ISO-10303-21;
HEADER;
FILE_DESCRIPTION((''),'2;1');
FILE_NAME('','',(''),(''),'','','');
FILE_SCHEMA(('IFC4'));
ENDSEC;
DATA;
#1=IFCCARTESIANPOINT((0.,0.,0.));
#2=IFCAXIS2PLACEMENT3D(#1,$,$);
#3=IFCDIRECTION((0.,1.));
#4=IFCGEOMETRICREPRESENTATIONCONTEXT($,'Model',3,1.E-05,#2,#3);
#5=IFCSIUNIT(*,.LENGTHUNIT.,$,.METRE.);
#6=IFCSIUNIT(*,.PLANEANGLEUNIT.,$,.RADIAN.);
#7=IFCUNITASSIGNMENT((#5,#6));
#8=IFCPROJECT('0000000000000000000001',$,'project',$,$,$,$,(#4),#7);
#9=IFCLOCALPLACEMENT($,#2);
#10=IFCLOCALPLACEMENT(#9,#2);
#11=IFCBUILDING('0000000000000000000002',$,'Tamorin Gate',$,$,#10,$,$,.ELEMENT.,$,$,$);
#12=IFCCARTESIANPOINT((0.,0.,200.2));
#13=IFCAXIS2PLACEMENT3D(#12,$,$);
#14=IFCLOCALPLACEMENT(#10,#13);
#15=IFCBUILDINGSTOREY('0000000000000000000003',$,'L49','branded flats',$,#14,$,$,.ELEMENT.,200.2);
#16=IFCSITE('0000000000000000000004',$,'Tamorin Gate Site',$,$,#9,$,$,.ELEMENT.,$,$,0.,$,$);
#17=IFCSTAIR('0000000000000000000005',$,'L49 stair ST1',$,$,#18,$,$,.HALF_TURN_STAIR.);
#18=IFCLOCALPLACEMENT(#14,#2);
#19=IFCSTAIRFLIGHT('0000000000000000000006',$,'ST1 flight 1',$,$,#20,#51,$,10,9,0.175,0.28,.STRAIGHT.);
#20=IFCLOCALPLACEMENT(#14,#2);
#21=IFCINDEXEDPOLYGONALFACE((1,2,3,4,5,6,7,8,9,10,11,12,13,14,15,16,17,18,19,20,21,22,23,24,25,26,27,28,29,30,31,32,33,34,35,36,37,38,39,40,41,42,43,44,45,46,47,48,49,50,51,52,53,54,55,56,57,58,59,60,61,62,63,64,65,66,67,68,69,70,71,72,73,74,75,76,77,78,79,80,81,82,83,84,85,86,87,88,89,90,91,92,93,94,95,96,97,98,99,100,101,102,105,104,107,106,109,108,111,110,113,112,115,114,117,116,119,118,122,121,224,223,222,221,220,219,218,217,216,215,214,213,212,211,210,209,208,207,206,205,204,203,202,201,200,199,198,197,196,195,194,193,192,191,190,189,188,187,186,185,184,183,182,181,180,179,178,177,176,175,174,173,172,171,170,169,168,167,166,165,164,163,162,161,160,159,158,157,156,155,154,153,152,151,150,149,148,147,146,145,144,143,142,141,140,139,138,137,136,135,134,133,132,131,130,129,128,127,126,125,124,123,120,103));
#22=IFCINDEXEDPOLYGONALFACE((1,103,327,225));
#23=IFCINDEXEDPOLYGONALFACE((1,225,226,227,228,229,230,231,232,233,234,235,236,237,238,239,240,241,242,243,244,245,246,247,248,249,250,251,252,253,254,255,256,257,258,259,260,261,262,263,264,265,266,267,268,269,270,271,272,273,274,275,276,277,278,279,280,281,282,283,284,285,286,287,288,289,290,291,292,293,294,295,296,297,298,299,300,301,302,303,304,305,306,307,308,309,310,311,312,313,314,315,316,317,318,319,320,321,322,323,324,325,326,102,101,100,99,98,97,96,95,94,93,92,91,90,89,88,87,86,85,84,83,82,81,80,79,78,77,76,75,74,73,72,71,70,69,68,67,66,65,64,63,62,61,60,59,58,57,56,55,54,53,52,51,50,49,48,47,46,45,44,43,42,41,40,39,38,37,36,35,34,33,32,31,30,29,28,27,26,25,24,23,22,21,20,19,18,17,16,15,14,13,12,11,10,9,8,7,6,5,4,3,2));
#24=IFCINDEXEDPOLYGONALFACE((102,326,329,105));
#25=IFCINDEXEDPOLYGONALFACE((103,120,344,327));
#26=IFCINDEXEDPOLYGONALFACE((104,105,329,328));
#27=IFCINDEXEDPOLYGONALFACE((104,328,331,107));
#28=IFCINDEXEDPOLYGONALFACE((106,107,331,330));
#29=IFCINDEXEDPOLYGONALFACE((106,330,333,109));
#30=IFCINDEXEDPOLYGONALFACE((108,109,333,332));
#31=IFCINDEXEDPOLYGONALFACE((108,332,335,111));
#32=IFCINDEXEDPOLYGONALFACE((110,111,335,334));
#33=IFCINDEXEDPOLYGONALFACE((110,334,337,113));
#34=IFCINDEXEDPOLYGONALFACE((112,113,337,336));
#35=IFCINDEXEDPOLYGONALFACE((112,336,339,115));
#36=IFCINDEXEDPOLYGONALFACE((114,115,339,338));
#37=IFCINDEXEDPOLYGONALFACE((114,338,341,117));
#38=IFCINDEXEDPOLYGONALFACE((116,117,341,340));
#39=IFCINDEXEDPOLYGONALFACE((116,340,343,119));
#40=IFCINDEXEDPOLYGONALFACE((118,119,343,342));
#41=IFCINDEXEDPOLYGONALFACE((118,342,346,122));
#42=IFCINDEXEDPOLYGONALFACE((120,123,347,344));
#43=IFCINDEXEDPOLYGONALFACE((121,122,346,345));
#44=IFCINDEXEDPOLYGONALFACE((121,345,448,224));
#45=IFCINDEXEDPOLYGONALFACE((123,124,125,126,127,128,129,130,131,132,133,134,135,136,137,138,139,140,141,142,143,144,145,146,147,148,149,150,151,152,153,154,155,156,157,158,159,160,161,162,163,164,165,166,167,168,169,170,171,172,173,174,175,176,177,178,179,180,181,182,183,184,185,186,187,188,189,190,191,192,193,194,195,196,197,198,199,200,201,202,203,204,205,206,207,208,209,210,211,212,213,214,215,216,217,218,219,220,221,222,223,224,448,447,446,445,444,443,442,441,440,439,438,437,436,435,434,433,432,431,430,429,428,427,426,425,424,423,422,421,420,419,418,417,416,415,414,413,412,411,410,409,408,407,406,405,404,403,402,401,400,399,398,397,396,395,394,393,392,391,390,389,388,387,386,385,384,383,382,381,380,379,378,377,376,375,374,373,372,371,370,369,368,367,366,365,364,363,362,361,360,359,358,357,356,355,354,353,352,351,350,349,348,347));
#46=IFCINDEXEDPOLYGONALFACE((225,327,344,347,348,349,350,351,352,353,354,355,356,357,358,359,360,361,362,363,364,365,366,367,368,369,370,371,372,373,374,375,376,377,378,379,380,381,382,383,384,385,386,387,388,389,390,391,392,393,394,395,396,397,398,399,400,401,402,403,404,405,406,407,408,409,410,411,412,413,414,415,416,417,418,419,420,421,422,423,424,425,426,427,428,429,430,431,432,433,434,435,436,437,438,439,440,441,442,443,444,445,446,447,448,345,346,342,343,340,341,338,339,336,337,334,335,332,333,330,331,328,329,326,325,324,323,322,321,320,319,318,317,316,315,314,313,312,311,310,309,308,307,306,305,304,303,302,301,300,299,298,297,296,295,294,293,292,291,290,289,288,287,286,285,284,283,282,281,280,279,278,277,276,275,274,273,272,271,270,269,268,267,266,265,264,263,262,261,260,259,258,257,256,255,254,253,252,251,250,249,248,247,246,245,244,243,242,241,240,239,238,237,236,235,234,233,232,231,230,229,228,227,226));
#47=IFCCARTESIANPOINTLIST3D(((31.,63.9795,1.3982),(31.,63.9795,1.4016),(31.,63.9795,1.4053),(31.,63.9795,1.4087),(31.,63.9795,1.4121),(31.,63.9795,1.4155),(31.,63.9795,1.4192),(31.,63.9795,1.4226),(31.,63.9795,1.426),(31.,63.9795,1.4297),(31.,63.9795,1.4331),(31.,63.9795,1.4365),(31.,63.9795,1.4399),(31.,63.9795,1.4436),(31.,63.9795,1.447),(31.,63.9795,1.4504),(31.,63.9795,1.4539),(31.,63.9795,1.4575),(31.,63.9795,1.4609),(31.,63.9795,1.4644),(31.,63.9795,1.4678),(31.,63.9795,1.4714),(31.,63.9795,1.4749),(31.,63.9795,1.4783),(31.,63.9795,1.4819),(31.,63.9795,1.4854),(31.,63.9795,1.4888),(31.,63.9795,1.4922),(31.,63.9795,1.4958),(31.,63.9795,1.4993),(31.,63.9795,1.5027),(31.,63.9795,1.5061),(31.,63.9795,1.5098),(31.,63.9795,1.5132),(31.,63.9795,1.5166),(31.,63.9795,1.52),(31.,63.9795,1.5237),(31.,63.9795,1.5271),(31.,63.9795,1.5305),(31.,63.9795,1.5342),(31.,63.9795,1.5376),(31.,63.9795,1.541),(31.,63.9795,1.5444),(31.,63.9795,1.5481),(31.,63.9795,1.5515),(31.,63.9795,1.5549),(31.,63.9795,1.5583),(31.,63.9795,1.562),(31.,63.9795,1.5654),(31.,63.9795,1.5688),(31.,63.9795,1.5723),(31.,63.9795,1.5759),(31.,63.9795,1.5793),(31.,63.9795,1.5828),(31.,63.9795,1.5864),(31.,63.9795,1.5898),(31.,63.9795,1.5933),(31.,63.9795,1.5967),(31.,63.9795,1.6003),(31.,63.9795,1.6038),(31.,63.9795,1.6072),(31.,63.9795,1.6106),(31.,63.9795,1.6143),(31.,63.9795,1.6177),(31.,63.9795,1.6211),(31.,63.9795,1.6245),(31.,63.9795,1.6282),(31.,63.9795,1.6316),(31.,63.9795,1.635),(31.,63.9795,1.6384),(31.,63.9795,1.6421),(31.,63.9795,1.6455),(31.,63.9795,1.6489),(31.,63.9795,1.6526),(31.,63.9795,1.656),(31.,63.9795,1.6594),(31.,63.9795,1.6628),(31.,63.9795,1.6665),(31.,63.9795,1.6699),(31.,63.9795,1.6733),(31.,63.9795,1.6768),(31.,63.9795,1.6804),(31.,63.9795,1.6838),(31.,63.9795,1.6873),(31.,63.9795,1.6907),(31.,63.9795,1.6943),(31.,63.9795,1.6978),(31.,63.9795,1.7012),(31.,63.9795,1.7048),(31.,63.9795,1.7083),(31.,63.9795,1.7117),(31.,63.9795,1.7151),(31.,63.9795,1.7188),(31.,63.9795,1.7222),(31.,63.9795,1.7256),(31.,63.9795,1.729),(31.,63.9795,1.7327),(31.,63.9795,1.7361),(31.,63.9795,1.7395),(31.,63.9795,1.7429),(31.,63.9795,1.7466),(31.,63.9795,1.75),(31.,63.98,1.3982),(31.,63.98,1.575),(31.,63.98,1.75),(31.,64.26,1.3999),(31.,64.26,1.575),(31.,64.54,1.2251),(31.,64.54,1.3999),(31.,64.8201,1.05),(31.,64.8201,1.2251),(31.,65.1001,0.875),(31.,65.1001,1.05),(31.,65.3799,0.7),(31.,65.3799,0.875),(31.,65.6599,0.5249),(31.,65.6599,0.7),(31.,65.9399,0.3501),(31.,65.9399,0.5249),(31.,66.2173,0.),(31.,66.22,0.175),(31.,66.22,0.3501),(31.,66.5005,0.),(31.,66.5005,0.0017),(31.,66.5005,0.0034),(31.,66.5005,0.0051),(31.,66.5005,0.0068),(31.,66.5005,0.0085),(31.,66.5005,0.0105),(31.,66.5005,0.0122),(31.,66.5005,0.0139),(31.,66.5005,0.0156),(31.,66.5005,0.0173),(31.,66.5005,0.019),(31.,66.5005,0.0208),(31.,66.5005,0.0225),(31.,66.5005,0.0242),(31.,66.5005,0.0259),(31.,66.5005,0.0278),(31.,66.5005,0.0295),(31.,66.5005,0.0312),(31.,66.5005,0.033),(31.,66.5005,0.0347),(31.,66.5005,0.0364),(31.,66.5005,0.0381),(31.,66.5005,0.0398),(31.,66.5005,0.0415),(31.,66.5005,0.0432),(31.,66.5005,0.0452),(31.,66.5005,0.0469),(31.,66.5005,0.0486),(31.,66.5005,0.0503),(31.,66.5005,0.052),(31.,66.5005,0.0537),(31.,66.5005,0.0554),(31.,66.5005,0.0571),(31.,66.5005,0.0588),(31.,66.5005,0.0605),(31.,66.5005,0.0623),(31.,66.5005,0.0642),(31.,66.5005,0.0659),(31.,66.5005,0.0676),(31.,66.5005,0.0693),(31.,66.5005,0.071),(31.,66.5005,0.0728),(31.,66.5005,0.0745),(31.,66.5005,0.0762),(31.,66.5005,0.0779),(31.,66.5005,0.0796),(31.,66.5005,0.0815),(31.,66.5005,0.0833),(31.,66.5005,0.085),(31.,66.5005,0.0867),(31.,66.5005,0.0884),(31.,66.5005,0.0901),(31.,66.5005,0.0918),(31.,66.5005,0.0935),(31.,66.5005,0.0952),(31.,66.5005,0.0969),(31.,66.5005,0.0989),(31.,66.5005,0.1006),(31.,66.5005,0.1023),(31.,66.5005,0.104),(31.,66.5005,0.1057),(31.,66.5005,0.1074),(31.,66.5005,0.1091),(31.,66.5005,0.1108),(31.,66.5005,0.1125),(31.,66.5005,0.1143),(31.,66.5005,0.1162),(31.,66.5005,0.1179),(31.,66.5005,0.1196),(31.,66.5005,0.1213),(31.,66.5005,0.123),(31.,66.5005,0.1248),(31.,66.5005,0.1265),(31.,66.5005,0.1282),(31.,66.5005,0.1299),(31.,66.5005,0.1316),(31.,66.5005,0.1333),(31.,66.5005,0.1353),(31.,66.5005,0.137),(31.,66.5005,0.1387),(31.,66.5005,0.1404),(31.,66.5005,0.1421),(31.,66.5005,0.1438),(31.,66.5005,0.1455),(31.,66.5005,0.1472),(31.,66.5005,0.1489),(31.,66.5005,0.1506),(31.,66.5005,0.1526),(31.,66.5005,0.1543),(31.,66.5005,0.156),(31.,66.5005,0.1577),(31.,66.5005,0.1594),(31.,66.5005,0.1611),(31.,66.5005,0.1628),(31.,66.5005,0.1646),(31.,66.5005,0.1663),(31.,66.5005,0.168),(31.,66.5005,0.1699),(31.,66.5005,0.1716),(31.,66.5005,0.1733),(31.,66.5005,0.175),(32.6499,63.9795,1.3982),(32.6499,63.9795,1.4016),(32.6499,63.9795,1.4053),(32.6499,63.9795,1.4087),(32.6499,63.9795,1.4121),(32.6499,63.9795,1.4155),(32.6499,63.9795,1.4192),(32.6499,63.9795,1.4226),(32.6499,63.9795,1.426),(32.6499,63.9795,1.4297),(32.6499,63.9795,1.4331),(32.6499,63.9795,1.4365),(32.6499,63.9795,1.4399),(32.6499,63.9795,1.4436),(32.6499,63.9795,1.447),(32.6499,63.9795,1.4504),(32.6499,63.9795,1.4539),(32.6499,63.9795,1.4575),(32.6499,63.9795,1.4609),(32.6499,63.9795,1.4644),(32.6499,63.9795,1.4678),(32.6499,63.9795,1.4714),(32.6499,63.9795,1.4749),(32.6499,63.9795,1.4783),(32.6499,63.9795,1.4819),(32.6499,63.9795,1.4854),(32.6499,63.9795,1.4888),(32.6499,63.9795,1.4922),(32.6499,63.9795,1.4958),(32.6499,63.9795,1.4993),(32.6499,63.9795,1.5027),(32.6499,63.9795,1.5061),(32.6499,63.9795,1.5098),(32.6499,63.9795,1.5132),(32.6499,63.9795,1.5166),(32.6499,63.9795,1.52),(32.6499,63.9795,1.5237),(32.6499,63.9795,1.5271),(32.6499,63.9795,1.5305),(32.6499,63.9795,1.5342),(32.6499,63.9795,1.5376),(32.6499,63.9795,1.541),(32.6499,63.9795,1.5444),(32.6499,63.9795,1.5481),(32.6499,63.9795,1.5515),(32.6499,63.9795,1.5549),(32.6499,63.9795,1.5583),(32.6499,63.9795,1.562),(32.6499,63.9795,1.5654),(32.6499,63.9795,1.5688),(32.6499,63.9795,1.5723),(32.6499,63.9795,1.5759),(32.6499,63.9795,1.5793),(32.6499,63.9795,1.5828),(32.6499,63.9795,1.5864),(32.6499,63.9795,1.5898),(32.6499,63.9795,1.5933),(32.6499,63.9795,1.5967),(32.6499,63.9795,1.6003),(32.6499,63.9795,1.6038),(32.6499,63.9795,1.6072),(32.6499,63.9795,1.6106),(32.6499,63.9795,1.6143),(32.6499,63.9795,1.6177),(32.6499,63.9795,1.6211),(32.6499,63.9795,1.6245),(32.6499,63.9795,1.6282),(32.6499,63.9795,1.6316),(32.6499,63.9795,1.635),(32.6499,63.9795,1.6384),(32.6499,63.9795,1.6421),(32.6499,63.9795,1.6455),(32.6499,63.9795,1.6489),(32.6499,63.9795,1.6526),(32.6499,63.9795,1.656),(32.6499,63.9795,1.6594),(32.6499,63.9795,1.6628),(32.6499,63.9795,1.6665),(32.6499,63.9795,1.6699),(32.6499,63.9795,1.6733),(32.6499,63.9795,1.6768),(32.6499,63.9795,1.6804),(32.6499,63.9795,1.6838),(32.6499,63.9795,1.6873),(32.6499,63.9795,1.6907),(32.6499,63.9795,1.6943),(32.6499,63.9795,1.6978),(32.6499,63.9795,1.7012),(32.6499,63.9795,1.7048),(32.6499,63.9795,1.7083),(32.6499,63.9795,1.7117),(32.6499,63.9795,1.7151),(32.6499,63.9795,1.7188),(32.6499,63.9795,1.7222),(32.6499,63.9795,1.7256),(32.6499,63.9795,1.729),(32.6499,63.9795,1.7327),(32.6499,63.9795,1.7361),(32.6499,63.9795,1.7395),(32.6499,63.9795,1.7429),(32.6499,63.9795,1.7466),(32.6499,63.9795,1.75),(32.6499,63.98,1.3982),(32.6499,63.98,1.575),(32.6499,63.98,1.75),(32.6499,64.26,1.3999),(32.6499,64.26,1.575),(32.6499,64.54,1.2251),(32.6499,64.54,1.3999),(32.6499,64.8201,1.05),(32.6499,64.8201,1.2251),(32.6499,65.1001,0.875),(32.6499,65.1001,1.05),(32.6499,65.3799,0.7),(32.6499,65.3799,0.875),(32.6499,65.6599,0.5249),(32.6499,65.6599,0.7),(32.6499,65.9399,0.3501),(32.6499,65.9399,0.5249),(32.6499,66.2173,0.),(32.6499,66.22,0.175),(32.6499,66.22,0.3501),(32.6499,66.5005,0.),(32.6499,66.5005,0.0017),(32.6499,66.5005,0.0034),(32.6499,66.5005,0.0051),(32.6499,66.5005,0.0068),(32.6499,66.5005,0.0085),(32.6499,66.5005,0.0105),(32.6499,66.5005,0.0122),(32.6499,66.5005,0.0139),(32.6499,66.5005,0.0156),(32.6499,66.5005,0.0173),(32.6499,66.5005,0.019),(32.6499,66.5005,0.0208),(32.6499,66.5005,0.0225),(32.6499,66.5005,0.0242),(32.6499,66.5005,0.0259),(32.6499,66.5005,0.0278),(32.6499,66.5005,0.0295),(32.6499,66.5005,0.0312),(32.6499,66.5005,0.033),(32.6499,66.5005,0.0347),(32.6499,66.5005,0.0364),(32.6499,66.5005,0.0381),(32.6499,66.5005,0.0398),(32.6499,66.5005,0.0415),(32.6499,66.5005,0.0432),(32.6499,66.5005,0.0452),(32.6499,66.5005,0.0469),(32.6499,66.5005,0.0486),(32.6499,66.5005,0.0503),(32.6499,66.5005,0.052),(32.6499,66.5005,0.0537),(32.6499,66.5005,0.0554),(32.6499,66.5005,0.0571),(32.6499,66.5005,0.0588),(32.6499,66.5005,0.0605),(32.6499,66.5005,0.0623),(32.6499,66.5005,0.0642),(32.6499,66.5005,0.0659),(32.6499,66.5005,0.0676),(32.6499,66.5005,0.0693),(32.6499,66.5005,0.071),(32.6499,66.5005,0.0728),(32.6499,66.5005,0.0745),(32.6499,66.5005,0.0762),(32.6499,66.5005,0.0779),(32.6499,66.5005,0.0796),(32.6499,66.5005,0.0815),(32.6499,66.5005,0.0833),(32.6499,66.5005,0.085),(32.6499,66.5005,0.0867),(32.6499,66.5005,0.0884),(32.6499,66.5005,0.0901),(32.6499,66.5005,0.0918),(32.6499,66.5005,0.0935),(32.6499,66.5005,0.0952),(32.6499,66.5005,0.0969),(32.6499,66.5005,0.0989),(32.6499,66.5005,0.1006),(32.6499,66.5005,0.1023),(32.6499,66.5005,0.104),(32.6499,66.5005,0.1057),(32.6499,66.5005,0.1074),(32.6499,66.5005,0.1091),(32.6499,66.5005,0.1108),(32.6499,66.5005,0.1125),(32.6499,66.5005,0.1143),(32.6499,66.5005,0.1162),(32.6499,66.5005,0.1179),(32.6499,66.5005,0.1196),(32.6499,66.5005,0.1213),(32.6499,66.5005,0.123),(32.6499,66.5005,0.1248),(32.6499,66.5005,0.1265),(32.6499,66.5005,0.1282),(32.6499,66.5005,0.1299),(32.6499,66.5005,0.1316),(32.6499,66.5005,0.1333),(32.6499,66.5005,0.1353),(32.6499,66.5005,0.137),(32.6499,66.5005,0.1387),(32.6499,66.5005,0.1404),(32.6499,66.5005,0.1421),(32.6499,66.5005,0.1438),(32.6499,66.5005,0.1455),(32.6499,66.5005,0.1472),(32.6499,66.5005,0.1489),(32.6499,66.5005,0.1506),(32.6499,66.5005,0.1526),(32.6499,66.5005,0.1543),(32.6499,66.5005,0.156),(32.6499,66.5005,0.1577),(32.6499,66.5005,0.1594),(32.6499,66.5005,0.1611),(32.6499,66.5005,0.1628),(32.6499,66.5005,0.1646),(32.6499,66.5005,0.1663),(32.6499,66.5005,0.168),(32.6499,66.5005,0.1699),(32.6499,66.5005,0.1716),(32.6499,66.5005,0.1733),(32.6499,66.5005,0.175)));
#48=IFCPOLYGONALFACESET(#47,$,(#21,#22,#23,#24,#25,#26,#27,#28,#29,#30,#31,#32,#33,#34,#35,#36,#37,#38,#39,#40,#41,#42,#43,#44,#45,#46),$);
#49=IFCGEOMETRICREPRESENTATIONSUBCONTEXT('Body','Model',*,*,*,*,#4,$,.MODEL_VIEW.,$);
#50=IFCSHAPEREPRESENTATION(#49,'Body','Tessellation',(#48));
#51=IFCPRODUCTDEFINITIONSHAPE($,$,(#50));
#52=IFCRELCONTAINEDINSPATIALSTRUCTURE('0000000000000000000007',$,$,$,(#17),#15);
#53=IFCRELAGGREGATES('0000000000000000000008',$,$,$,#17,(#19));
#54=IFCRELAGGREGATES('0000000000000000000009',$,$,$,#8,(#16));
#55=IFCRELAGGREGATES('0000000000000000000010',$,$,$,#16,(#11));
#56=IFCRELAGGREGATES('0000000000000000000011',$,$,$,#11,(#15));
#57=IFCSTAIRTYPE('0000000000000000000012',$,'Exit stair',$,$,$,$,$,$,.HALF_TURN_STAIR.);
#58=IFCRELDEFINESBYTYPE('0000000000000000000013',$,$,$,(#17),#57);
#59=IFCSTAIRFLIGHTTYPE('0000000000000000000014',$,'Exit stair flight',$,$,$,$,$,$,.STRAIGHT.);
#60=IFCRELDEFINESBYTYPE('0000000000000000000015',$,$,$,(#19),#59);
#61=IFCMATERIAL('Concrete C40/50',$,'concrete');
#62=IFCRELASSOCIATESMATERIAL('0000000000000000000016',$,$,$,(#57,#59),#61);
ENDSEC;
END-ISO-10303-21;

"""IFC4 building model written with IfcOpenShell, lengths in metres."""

from ifc_helpers import new_model, si_unit, direction, frame, origin, place, context, subcontext, project, spatial, polyline, outline, extrude, material, type_object, element, aggregate, save


model = new_model("IFC4")

# Units and contexts
model_context = context("Model", 3, precision=1e-05, world=origin(), true_north=direction((0.0, 1.0)))
body_context = subcontext(model_context, "Body", "Model", "MODEL_VIEW")
ifc_project = project(units=[si_unit("LENGTHUNIT", "METRE"), si_unit("PLANEANGLEUNIT", "RADIAN")], contexts=[model_context])

# Site, building, storey
site_placement = place(None, origin())
site = spatial("IfcSite", under=ifc_project, at=site_placement, Name="Tamorin Gate Site", CompositionType="ELEMENT", RefElevation=0.0)
building_placement = place(site_placement, origin())
building = spatial("IfcBuilding", under=site, at=building_placement, Name="Tamorin Gate", CompositionType="ELEMENT")
storey_placement = place(building_placement, frame((0.0, 0.0, 200.2)))
storey = spatial("IfcBuildingStorey", under=building, at=storey_placement, Name="L49", Description="branded flats", CompositionType="ELEMENT", Elevation=200.2)

# Shared definitions
ifc_material_1 = material(Name="Concrete C40/50", Category="concrete")

# Stair, stair flight
stair_type = type_object("IfcStairType", Name="Exit stair", PredefinedType="HALF_TURN_STAIR", material=ifc_material_1)
stair_1_placement = place(storey_placement, origin())
stair_1 = element("IfcStair", 1, at=stair_1_placement, inside=storey, type_object=stair_type, Name="L49 stair ST1", PredefinedType="HALF_TURN_STAIR")
stair_flight_type = type_object("IfcStairFlightType", Name="Exit stair flight", PredefinedType="STRAIGHT", material=ifc_material_1)
stair_flight_1_placement = place(storey_placement, frame((31.825, 66.5, 0.0), z_axis=(0.0, 0.0, 1.0), x_axis=(0.0, -1.0, 0.0)))
stair_flight_1 = element("IfcStairFlight", 2, at=stair_flight_1_placement, type_object=stair_flight_type, Name="ST1 flight 1", NumberOfRisers=10, NumberOfTreads=9, PredefinedType="STRAIGHT", RiserHeight=0.175, TreadLength=0.28, context=body_context, shape_type="SweptSolid", body=[
    extrude(outline(polyline([(-0.0005, 0.0), (-0.0005, 0.0017), (-0.0005, 0.0034), (-0.0005, 0.0051), (-0.0005, 0.0068), (-0.0005, 0.0085), (-0.0005, 0.0105), (-0.0005, 0.0122), (-0.0005, 0.0139), (-0.0005, 0.0156), (-0.0005, 0.0173), (-0.0005, 0.019), (-0.0005, 0.0208), (-0.0005, 0.0225), (-0.0005, 0.0242), (-0.0005, 0.0259), (-0.0005, 0.0278), (-0.0005, 0.0295), (-0.0005, 0.0312), (-0.0005, 0.033), (-0.0005, 0.0347), (-0.0005, 0.0364), (-0.0005, 0.0381), (-0.0005, 0.0398), (-0.0005, 0.0415), (-0.0005, 0.0432), (-0.0005, 0.0452), (-0.0005, 0.0469), (-0.0005, 0.0486), (-0.0005, 0.0503), (-0.0005, 0.052), (-0.0005, 0.0537), (-0.0005, 0.0554), (-0.0005, 0.0571), (-0.0005, 0.0588), (-0.0005, 0.0605), (-0.0005, 0.0623), (-0.0005, 0.0642), (-0.0005, 0.0659), (-0.0005, 0.0676), (-0.0005, 0.0693), (-0.0005, 0.071), (-0.0005, 0.0728), (-0.0005, 0.0745), (-0.0005, 0.0762), (-0.0005, 0.0779), (-0.0005, 0.0796), (-0.0005, 0.0815), (-0.0005, 0.0833), (-0.0005, 0.085), (-0.0005, 0.0867), (-0.0005, 0.0884), (-0.0005, 0.0901), (-0.0005, 0.0918), (-0.0005, 0.0935), (-0.0005, 0.0952), (-0.0005, 0.0969), (-0.0005, 0.0989), (-0.0005, 0.1006), (-0.0005, 0.1023), (-0.0005, 0.104), (-0.0005, 0.1057), (-0.0005, 0.1074), (-0.0005, 0.1091), (-0.0005, 0.1108), (-0.0005, 0.1125), (-0.0005, 0.1143), (-0.0005, 0.1162), (-0.0005, 0.1179), (-0.0005, 0.1196), (-0.0005, 0.1213), (-0.0005, 0.123), (-0.0005, 0.1248), (-0.0005, 0.1265), (-0.0005, 0.1282), (-0.0005, 0.1299), (-0.0005, 0.1316), (-0.0005, 0.1333), (-0.0005, 0.1353), (-0.0005, 0.137), (-0.0005, 0.1387), (-0.0005, 0.1404), (-0.0005, 0.1421), (-0.0005, 0.1438), (-0.0005, 0.1455), (-0.0005, 0.1472), (-0.0005, 0.1489), (-0.0005, 0.1506), (-0.0005, 0.1526), (-0.0005, 0.1543), (-0.0005, 0.156), (-0.0005, 0.1577), (-0.0005, 0.1594), (-0.0005, 0.1611), (-0.0005, 0.1628), (-0.0005, 0.1646), (-0.0005, 0.1663), (-0.0005, 0.168), (-0.0005, 0.1699), (-0.0005, 0.1716), (-0.0005, 0.1733), (-0.0005, 0.175), (0.28, 0.175), (0.28, 0.3501), (0.5601, 0.3501), (0.5601, 0.5249), (0.8401, 0.5249), (0.8401, 0.7), (1.1201, 0.7), (1.1201, 0.875), (1.3999, 0.875), (1.3999, 1.05), (1.6799, 1.05), (1.6799, 1.2251), (1.96, 1.2251), (1.96, 1.3999), (2.24, 1.3999), (2.24, 1.575), (2.52, 1.575), (2.52, 1.75), (2.5205, 1.75), (2.5205, 1.7466), (2.5205, 1.7429), (2.5205, 1.7395), (2.5205, 1.7361), (2.5205, 1.7327), (2.5205, 1.729), (2.5205, 1.7256), (2.5205, 1.7222), (2.5205, 1.7188), (2.5205, 1.7151), (2.5205, 1.7117), (2.5205, 1.7083), (2.5205, 1.7048), (2.5205, 1.7012), (2.5205, 1.6978), (2.5205, 1.6943), (2.5205, 1.6907), (2.5205, 1.6873), (2.5205, 1.6838), (2.5205, 1.6804), (2.5205, 1.6768), (2.5205, 1.6733), (2.5205, 1.6699), (2.5205, 1.6665), (2.5205, 1.6628), (2.5205, 1.6594), (2.5205, 1.656), (2.5205, 1.6526), (2.5205, 1.6489), (2.5205, 1.6455), (2.5205, 1.6421), (2.5205, 1.6384), (2.5205, 1.635), (2.5205, 1.6316), (2.5205, 1.6282), (2.5205, 1.6245), (2.5205, 1.6211), (2.5205, 1.6177), (2.5205, 1.6143), (2.5205, 1.6106), (2.5205, 1.6072), (2.5205, 1.6038), (2.5205, 1.6003), (2.5205, 1.5967), (2.5205, 1.5933), (2.5205, 1.5898), (2.5205, 1.5864), (2.5205, 1.5828), (2.5205, 1.5793), (2.5205, 1.5759), (2.5205, 1.5723), (2.5205, 1.5688), (2.5205, 1.5654), (2.5205, 1.562), (2.5205, 1.5583), (2.5205, 1.5549), (2.5205, 1.5515), (2.5205, 1.5481), (2.5205, 1.5444), (2.5205, 1.541), (2.5205, 1.5376), (2.5205, 1.5342), (2.5205, 1.5305), (2.5205, 1.5271), (2.5205, 1.5237), (2.5205, 1.52), (2.5205, 1.5166), (2.5205, 1.5132), (2.5205, 1.5098), (2.5205, 1.5061), (2.5205, 1.5027), (2.5205, 1.4993), (2.5205, 1.4958), (2.5205, 1.4922), (2.5205, 1.4888), (2.5205, 1.4854), (2.5205, 1.4819), (2.5205, 1.4783), (2.5205, 1.4749), (2.5205, 1.4714), (2.5205, 1.4678), (2.5205, 1.4644), (2.5205, 1.4609), (2.5205, 1.4575), (2.5205, 1.4539), (2.5205, 1.4504), (2.5205, 1.447), (2.5205, 1.4436), (2.5205, 1.4399), (2.5205, 1.4365), (2.5205, 1.4331), (2.5205, 1.4297), (2.5205, 1.426), (2.5205, 1.4226), (2.5205, 1.4192), (2.5205, 1.4155), (2.5205, 1.4121), (2.5205, 1.4087), (2.5205, 1.4053), (2.5205, 1.4016), (2.5205, 1.3982), (2.52, 1.3982), (0.2827, 0.0), (-0.0005, 0.0)])), frame((0.0, 0.825, 0.0), z_axis=(0.0, -1.0, 0.0), x_axis=(1.0, 0.0, 0.0)), (0.0, 0.0, 1.0), 1.6499),
])
aggregate(stair_1, [stair_flight_1])

save(model, "model.ifc")
